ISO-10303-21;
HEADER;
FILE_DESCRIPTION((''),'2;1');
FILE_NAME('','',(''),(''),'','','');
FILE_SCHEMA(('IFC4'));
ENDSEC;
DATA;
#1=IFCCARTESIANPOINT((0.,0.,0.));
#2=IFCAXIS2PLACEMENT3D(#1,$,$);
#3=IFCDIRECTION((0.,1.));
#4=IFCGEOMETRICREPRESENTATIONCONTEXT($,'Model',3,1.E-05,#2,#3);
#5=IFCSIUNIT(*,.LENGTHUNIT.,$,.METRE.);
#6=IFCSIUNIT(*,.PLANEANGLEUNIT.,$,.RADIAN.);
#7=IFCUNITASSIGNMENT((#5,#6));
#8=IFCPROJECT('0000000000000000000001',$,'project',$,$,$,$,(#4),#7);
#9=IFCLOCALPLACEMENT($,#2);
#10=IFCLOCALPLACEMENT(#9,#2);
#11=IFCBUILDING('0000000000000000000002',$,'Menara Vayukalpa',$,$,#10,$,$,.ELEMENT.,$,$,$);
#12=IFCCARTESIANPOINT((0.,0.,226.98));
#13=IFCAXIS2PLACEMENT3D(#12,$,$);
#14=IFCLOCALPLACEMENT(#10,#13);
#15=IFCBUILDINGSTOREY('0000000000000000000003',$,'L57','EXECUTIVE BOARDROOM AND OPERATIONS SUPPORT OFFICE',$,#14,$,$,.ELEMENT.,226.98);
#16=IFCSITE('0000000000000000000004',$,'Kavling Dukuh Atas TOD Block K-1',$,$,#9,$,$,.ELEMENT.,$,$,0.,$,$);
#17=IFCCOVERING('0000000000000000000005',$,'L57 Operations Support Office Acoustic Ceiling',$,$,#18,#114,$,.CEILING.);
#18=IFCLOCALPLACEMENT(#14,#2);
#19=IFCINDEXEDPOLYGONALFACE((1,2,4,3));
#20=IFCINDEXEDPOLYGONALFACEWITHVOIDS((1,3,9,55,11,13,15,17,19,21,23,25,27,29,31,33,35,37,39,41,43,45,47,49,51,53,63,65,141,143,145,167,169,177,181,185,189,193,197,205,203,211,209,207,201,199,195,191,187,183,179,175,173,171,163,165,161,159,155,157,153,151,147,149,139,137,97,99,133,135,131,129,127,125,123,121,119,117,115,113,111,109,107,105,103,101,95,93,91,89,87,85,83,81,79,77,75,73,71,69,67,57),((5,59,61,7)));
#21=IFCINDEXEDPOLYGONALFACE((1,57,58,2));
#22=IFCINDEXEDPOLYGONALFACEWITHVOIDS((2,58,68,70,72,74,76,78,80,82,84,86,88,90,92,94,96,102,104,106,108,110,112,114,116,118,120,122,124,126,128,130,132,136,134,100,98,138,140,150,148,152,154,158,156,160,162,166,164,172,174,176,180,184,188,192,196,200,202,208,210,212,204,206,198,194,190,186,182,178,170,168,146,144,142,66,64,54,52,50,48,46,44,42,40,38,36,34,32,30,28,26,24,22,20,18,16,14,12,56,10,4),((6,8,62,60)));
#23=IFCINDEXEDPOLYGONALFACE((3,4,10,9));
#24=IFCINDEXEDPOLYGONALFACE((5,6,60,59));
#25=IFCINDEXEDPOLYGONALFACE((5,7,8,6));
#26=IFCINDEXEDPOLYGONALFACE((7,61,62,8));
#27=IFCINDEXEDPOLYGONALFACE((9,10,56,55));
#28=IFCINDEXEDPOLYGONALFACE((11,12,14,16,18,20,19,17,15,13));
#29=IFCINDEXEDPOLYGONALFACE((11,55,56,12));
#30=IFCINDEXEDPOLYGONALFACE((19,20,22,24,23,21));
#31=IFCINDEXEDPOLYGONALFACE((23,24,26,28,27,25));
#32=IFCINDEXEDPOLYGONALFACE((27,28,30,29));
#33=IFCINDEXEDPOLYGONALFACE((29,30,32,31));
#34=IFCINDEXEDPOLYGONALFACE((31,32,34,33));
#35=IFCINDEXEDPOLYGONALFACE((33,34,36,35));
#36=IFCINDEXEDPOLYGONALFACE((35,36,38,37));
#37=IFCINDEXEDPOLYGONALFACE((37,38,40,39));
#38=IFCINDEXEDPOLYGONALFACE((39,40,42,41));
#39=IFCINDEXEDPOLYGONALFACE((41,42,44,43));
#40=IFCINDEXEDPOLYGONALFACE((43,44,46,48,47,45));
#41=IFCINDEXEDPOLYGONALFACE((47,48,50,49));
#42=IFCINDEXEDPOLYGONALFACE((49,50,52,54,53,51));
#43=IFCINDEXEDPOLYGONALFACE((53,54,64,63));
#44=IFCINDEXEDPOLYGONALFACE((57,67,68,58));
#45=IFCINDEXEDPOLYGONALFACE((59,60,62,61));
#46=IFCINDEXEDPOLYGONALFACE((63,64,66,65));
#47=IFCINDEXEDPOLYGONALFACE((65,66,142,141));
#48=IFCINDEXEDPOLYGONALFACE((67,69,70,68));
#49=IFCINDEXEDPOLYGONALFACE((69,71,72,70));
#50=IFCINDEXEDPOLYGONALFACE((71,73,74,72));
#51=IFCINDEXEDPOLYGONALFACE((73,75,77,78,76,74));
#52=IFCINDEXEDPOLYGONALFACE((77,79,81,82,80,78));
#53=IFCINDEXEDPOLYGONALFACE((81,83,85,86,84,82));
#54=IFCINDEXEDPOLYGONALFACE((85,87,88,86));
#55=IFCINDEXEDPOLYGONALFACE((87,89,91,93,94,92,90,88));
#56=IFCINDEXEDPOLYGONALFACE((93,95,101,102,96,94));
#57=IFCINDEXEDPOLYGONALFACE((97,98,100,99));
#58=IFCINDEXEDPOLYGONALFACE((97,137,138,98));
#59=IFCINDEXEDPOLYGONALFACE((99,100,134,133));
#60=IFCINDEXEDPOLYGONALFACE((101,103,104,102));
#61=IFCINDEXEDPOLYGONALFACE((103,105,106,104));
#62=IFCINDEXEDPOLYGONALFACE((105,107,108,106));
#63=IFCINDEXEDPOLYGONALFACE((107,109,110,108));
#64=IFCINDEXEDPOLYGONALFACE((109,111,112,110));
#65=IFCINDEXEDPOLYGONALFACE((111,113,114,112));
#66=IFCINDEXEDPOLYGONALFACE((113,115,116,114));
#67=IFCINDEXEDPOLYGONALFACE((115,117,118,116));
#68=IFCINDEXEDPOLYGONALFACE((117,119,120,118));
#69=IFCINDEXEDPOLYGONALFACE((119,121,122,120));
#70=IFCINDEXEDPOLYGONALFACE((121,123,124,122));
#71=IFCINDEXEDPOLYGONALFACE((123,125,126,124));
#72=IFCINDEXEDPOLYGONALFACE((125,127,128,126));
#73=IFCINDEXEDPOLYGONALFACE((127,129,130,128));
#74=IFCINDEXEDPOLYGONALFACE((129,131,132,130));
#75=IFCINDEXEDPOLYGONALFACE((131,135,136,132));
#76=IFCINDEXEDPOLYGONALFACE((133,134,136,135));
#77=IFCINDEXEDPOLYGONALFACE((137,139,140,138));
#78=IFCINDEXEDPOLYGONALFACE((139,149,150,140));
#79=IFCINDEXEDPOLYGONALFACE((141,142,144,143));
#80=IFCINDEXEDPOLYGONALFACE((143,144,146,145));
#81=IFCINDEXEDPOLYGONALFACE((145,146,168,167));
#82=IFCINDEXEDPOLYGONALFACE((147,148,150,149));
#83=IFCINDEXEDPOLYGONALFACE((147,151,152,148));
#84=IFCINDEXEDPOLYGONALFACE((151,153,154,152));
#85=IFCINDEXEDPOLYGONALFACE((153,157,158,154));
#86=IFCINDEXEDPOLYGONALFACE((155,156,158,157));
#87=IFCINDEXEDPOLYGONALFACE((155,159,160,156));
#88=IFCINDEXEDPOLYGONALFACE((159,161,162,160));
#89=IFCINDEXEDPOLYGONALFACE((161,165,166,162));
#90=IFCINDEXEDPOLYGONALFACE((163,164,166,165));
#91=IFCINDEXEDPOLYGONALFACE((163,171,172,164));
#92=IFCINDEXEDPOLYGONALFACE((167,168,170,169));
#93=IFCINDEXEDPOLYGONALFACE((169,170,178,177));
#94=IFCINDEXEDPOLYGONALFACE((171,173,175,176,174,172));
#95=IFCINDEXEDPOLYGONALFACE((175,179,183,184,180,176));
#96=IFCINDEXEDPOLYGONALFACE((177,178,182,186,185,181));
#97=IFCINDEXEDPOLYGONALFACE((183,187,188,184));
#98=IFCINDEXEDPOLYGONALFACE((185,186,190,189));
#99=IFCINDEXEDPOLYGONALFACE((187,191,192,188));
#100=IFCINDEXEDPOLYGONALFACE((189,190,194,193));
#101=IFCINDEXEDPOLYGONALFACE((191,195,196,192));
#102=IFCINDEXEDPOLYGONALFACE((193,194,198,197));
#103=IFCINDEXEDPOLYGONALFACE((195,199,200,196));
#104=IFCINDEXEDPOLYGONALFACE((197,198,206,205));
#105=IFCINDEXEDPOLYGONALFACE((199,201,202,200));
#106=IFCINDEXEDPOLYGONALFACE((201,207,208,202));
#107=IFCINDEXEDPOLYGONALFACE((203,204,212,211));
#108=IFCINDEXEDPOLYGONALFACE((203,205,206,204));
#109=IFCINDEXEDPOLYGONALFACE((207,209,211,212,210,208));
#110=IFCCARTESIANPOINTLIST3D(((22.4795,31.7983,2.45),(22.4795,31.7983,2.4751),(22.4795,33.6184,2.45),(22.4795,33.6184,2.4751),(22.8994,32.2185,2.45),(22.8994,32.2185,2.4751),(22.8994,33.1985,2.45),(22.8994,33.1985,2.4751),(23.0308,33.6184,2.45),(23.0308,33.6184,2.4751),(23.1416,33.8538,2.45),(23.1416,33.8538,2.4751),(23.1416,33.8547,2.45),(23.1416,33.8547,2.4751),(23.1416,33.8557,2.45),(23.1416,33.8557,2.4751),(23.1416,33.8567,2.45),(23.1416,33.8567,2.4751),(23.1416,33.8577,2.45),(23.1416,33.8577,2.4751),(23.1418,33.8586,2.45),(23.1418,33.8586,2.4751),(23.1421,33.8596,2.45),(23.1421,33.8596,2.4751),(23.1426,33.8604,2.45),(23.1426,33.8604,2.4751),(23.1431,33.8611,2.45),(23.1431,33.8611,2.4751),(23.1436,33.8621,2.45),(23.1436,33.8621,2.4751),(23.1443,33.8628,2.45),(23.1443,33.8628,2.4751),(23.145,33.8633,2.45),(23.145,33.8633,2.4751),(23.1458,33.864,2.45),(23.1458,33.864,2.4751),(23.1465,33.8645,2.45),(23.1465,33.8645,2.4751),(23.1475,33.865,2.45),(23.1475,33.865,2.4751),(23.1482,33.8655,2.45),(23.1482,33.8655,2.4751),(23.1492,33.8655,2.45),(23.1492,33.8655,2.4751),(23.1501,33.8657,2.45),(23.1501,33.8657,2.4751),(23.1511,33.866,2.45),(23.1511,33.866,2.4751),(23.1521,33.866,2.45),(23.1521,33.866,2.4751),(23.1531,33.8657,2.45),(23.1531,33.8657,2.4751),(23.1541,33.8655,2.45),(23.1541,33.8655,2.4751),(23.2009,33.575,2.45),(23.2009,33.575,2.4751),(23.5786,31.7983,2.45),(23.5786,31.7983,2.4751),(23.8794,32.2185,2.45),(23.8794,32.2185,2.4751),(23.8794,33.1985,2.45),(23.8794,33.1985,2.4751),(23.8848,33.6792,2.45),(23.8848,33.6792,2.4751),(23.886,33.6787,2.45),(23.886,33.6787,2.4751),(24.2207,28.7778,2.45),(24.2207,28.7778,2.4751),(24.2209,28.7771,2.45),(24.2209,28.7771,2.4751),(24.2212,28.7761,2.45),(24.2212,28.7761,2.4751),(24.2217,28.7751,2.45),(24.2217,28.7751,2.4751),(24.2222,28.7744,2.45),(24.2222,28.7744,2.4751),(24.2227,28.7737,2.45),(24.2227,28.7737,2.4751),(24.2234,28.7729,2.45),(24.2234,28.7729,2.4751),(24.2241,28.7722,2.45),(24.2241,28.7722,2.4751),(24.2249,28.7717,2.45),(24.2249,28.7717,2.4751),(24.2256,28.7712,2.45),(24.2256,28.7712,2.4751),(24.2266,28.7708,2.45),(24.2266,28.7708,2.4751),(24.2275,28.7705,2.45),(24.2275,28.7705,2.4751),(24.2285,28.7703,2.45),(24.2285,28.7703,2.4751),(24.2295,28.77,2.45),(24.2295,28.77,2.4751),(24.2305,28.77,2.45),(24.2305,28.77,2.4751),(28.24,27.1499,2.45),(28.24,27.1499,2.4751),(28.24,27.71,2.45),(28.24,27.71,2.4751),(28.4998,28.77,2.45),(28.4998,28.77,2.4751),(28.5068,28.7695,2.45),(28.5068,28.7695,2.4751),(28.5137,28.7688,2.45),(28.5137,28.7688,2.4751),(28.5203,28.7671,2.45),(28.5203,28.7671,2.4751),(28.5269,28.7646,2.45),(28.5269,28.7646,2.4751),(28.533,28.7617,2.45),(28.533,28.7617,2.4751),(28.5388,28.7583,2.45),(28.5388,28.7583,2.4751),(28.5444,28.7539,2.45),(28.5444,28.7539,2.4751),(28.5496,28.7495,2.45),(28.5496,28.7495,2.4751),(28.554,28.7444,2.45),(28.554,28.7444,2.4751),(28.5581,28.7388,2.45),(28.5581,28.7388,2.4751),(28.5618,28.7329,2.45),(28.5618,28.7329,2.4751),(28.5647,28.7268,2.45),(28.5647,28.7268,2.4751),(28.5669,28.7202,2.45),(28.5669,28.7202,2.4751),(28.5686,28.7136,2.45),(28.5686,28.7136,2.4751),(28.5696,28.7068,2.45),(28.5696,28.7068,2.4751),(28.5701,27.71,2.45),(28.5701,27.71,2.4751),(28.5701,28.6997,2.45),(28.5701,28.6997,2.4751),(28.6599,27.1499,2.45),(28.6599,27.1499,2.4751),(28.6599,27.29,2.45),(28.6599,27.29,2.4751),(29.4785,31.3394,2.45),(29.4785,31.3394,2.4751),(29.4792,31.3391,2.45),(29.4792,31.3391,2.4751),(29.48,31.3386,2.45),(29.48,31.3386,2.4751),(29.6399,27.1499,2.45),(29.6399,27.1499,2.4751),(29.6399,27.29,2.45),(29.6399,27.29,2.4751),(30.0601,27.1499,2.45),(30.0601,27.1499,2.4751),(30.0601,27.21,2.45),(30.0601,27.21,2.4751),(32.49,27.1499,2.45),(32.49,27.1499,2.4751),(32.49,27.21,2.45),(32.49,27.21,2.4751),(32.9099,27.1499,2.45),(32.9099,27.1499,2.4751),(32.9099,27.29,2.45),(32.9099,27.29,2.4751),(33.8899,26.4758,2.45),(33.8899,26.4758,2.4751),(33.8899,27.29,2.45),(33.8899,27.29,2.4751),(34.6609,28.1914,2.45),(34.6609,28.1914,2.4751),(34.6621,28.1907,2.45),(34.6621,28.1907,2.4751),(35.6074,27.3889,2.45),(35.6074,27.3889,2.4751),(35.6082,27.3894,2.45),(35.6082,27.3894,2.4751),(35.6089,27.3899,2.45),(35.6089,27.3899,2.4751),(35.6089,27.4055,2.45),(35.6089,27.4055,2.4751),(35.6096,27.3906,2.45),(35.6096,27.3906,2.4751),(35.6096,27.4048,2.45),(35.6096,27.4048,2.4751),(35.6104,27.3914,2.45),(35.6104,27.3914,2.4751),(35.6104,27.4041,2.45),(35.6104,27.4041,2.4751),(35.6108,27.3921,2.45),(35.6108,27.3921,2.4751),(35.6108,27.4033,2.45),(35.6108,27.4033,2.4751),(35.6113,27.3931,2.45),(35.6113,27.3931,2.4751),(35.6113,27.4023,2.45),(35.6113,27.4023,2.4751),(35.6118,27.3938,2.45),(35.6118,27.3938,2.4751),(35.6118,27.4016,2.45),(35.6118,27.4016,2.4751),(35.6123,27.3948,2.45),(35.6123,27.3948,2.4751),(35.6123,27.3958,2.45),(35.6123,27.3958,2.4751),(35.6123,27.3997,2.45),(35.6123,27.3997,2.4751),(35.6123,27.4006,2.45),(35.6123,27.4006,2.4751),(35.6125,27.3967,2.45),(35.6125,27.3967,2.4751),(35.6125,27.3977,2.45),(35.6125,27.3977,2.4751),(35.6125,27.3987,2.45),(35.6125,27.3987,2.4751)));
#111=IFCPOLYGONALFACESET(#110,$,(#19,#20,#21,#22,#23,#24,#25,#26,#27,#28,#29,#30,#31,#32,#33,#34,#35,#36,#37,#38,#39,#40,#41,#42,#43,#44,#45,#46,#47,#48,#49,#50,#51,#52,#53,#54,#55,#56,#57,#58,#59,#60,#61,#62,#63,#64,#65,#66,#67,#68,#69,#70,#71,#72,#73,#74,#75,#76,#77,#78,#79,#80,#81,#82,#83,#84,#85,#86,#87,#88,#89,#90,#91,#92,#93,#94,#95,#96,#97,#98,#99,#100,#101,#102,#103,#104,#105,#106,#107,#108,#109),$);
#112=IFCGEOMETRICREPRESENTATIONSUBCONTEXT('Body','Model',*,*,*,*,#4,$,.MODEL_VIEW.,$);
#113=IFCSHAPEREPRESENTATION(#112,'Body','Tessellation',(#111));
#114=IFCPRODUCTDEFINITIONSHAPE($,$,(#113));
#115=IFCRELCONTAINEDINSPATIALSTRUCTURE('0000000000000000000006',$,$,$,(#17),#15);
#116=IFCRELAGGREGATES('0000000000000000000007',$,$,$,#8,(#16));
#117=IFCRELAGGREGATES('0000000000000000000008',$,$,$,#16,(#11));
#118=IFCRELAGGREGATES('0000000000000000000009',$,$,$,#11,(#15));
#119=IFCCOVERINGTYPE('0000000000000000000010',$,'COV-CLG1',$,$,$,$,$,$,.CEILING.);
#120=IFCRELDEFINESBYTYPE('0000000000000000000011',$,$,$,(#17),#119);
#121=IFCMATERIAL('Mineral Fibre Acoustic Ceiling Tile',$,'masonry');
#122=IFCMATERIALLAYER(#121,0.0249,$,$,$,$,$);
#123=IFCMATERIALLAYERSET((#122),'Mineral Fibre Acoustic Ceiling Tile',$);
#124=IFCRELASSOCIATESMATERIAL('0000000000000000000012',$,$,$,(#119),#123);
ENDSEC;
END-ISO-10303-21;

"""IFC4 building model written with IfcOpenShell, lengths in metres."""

from ifc_helpers import new_model, si_unit, direction, frame, origin, place, context, subcontext, project, spatial, polyline, outline, extrude, material, layer, layer_set, type_object, element, save


model = new_model("IFC4")

# Units and contexts
model_context = context("Model", 3, precision=1e-05, world=origin(), true_north=direction((0.0, 1.0)))
body_context = subcontext(model_context, "Body", "Model", "MODEL_VIEW")
ifc_project = project(units=[si_unit("LENGTHUNIT", "METRE"), si_unit("PLANEANGLEUNIT", "RADIAN")], contexts=[model_context])

# Site, building, storey
site_placement = place(None, origin())
site = spatial("IfcSite", under=ifc_project, at=site_placement, Name="Kavling Dukuh Atas TOD Block K-1", CompositionType="ELEMENT", RefElevation=0.0)
building_placement = place(site_placement, origin())
building = spatial("IfcBuilding", under=site, at=building_placement, Name="Menara Vayukalpa", CompositionType="ELEMENT")
storey_placement = place(building_placement, frame((0.0, 0.0, 226.98)))
storey = spatial("IfcBuildingStorey", under=building, at=storey_placement, Name="L57", Description="EXECUTIVE BOARDROOM AND OPERATIONS SUPPORT OFFICE", CompositionType="ELEMENT", Elevation=226.98)

# Covering
ifc_material_1 = material(Name="Mineral Fibre Acoustic Ceiling Tile", Category="masonry")
ifc_layer_1 = layer(ifc_material_1, 0.0249)
ifc_layer_set_1 = layer_set([ifc_layer_1], Name="Mineral Fibre Acoustic Ceiling Tile")
covering_type_1 = type_object("IfcCoveringType", Name="COV-CLG1", PredefinedType="CEILING", material=ifc_layer_set_1)
covering_1_placement = place(storey_placement, frame((0.0, 0.0, 2.45)))
element("IfcCovering", 1, at=covering_1_placement, inside=storey, type_object=covering_type_1, Name="L57 Operations Support Office Acoustic Ceiling", PredefinedType="CEILING", context=body_context, shape_type="SweptSolid", body=[
    extrude(outline(polyline([(29.6399, 27.1499), (29.6399, 27.29), (28.6599, 27.29), (28.6599, 27.1499), (28.24, 27.1499), (28.24, 27.71), (28.5701, 27.71), (28.5701, 28.6997), (28.5696, 28.7068), (28.5686, 28.7136), (28.5669, 28.7202), (28.5647, 28.7268), (28.5618, 28.7329), (28.5581, 28.7388), (28.554, 28.7444), (28.5496, 28.7495), (28.5444, 28.7539), (28.5388, 28.7583), (28.533, 28.7617), (28.5269, 28.7646), (28.5203, 28.7671), (28.5137, 28.7688), (28.5068, 28.7695), (28.4998, 28.77), (24.2305, 28.77), (24.2295, 28.77), (24.2285, 28.7703), (24.2275, 28.7705), (24.2266, 28.7708), (24.2256, 28.7712), (24.2249, 28.7717), (24.2241, 28.7722), (24.2234, 28.7729), (24.2227, 28.7737), (24.2222, 28.7744), (24.2217, 28.7751), (24.2212, 28.7761), (24.2209, 28.7771), (24.2207, 28.7778), (23.5786, 31.7983), (22.4795, 31.7983), (22.4795, 33.6184), (23.0308, 33.6184), (23.2009, 33.575), (23.1416, 33.8538), (23.1416, 33.8547), (23.1416, 33.8557), (23.1416, 33.8567), (23.1416, 33.8577), (23.1418, 33.8586), (23.1421, 33.8596), (23.1426, 33.8604), (23.1431, 33.8611), (23.1436, 33.8621), (23.1443, 33.8628), (23.145, 33.8633), (23.1458, 33.864), (23.1465, 33.8645), (23.1475, 33.865), (23.1482, 33.8655), (23.1492, 33.8655), (23.1501, 33.8657), (23.1511, 33.866), (23.1521, 33.866), (23.1531, 33.8657), (23.1541, 33.8655), (23.8848, 33.6792), (23.886, 33.6787), (29.4785, 31.3394), (29.4792, 31.3391), (29.48, 31.3386), (34.6609, 28.1914), (34.6621, 28.1907), (35.6089, 27.4055), (35.6096, 27.4048), (35.6104, 27.4041), (35.6108, 27.4033), (35.6113, 27.4023), (35.6118, 27.4016), (35.6123, 27.4006), (35.6123, 27.3997), (35.6125, 27.3987), (35.6125, 27.3977), (35.6125, 27.3967), (35.6123, 27.3958), (35.6123, 27.3948), (35.6118, 27.3938), (35.6113, 27.3931), (35.6108, 27.3921), (35.6104, 27.3914), (35.6096, 27.3906), (35.6089, 27.3899), (35.6082, 27.3894), (35.6074, 27.3889), (33.8899, 26.4758), (33.8899, 27.29), (32.9099, 27.29), (32.9099, 27.1499), (32.49, 27.1499), (32.49, 27.21), (30.0601, 27.21), (30.0601, 27.1499), (29.6399, 27.1499)]), holes=[polyline([(23.8794, 33.1985), (22.8994, 33.1985), (22.8994, 32.2185), (23.8794, 32.2185), (23.8794, 33.1985)])]), origin(), (0.0, 0.0, 1.0), 0.0251),
])

save(model, "model.ifc")
